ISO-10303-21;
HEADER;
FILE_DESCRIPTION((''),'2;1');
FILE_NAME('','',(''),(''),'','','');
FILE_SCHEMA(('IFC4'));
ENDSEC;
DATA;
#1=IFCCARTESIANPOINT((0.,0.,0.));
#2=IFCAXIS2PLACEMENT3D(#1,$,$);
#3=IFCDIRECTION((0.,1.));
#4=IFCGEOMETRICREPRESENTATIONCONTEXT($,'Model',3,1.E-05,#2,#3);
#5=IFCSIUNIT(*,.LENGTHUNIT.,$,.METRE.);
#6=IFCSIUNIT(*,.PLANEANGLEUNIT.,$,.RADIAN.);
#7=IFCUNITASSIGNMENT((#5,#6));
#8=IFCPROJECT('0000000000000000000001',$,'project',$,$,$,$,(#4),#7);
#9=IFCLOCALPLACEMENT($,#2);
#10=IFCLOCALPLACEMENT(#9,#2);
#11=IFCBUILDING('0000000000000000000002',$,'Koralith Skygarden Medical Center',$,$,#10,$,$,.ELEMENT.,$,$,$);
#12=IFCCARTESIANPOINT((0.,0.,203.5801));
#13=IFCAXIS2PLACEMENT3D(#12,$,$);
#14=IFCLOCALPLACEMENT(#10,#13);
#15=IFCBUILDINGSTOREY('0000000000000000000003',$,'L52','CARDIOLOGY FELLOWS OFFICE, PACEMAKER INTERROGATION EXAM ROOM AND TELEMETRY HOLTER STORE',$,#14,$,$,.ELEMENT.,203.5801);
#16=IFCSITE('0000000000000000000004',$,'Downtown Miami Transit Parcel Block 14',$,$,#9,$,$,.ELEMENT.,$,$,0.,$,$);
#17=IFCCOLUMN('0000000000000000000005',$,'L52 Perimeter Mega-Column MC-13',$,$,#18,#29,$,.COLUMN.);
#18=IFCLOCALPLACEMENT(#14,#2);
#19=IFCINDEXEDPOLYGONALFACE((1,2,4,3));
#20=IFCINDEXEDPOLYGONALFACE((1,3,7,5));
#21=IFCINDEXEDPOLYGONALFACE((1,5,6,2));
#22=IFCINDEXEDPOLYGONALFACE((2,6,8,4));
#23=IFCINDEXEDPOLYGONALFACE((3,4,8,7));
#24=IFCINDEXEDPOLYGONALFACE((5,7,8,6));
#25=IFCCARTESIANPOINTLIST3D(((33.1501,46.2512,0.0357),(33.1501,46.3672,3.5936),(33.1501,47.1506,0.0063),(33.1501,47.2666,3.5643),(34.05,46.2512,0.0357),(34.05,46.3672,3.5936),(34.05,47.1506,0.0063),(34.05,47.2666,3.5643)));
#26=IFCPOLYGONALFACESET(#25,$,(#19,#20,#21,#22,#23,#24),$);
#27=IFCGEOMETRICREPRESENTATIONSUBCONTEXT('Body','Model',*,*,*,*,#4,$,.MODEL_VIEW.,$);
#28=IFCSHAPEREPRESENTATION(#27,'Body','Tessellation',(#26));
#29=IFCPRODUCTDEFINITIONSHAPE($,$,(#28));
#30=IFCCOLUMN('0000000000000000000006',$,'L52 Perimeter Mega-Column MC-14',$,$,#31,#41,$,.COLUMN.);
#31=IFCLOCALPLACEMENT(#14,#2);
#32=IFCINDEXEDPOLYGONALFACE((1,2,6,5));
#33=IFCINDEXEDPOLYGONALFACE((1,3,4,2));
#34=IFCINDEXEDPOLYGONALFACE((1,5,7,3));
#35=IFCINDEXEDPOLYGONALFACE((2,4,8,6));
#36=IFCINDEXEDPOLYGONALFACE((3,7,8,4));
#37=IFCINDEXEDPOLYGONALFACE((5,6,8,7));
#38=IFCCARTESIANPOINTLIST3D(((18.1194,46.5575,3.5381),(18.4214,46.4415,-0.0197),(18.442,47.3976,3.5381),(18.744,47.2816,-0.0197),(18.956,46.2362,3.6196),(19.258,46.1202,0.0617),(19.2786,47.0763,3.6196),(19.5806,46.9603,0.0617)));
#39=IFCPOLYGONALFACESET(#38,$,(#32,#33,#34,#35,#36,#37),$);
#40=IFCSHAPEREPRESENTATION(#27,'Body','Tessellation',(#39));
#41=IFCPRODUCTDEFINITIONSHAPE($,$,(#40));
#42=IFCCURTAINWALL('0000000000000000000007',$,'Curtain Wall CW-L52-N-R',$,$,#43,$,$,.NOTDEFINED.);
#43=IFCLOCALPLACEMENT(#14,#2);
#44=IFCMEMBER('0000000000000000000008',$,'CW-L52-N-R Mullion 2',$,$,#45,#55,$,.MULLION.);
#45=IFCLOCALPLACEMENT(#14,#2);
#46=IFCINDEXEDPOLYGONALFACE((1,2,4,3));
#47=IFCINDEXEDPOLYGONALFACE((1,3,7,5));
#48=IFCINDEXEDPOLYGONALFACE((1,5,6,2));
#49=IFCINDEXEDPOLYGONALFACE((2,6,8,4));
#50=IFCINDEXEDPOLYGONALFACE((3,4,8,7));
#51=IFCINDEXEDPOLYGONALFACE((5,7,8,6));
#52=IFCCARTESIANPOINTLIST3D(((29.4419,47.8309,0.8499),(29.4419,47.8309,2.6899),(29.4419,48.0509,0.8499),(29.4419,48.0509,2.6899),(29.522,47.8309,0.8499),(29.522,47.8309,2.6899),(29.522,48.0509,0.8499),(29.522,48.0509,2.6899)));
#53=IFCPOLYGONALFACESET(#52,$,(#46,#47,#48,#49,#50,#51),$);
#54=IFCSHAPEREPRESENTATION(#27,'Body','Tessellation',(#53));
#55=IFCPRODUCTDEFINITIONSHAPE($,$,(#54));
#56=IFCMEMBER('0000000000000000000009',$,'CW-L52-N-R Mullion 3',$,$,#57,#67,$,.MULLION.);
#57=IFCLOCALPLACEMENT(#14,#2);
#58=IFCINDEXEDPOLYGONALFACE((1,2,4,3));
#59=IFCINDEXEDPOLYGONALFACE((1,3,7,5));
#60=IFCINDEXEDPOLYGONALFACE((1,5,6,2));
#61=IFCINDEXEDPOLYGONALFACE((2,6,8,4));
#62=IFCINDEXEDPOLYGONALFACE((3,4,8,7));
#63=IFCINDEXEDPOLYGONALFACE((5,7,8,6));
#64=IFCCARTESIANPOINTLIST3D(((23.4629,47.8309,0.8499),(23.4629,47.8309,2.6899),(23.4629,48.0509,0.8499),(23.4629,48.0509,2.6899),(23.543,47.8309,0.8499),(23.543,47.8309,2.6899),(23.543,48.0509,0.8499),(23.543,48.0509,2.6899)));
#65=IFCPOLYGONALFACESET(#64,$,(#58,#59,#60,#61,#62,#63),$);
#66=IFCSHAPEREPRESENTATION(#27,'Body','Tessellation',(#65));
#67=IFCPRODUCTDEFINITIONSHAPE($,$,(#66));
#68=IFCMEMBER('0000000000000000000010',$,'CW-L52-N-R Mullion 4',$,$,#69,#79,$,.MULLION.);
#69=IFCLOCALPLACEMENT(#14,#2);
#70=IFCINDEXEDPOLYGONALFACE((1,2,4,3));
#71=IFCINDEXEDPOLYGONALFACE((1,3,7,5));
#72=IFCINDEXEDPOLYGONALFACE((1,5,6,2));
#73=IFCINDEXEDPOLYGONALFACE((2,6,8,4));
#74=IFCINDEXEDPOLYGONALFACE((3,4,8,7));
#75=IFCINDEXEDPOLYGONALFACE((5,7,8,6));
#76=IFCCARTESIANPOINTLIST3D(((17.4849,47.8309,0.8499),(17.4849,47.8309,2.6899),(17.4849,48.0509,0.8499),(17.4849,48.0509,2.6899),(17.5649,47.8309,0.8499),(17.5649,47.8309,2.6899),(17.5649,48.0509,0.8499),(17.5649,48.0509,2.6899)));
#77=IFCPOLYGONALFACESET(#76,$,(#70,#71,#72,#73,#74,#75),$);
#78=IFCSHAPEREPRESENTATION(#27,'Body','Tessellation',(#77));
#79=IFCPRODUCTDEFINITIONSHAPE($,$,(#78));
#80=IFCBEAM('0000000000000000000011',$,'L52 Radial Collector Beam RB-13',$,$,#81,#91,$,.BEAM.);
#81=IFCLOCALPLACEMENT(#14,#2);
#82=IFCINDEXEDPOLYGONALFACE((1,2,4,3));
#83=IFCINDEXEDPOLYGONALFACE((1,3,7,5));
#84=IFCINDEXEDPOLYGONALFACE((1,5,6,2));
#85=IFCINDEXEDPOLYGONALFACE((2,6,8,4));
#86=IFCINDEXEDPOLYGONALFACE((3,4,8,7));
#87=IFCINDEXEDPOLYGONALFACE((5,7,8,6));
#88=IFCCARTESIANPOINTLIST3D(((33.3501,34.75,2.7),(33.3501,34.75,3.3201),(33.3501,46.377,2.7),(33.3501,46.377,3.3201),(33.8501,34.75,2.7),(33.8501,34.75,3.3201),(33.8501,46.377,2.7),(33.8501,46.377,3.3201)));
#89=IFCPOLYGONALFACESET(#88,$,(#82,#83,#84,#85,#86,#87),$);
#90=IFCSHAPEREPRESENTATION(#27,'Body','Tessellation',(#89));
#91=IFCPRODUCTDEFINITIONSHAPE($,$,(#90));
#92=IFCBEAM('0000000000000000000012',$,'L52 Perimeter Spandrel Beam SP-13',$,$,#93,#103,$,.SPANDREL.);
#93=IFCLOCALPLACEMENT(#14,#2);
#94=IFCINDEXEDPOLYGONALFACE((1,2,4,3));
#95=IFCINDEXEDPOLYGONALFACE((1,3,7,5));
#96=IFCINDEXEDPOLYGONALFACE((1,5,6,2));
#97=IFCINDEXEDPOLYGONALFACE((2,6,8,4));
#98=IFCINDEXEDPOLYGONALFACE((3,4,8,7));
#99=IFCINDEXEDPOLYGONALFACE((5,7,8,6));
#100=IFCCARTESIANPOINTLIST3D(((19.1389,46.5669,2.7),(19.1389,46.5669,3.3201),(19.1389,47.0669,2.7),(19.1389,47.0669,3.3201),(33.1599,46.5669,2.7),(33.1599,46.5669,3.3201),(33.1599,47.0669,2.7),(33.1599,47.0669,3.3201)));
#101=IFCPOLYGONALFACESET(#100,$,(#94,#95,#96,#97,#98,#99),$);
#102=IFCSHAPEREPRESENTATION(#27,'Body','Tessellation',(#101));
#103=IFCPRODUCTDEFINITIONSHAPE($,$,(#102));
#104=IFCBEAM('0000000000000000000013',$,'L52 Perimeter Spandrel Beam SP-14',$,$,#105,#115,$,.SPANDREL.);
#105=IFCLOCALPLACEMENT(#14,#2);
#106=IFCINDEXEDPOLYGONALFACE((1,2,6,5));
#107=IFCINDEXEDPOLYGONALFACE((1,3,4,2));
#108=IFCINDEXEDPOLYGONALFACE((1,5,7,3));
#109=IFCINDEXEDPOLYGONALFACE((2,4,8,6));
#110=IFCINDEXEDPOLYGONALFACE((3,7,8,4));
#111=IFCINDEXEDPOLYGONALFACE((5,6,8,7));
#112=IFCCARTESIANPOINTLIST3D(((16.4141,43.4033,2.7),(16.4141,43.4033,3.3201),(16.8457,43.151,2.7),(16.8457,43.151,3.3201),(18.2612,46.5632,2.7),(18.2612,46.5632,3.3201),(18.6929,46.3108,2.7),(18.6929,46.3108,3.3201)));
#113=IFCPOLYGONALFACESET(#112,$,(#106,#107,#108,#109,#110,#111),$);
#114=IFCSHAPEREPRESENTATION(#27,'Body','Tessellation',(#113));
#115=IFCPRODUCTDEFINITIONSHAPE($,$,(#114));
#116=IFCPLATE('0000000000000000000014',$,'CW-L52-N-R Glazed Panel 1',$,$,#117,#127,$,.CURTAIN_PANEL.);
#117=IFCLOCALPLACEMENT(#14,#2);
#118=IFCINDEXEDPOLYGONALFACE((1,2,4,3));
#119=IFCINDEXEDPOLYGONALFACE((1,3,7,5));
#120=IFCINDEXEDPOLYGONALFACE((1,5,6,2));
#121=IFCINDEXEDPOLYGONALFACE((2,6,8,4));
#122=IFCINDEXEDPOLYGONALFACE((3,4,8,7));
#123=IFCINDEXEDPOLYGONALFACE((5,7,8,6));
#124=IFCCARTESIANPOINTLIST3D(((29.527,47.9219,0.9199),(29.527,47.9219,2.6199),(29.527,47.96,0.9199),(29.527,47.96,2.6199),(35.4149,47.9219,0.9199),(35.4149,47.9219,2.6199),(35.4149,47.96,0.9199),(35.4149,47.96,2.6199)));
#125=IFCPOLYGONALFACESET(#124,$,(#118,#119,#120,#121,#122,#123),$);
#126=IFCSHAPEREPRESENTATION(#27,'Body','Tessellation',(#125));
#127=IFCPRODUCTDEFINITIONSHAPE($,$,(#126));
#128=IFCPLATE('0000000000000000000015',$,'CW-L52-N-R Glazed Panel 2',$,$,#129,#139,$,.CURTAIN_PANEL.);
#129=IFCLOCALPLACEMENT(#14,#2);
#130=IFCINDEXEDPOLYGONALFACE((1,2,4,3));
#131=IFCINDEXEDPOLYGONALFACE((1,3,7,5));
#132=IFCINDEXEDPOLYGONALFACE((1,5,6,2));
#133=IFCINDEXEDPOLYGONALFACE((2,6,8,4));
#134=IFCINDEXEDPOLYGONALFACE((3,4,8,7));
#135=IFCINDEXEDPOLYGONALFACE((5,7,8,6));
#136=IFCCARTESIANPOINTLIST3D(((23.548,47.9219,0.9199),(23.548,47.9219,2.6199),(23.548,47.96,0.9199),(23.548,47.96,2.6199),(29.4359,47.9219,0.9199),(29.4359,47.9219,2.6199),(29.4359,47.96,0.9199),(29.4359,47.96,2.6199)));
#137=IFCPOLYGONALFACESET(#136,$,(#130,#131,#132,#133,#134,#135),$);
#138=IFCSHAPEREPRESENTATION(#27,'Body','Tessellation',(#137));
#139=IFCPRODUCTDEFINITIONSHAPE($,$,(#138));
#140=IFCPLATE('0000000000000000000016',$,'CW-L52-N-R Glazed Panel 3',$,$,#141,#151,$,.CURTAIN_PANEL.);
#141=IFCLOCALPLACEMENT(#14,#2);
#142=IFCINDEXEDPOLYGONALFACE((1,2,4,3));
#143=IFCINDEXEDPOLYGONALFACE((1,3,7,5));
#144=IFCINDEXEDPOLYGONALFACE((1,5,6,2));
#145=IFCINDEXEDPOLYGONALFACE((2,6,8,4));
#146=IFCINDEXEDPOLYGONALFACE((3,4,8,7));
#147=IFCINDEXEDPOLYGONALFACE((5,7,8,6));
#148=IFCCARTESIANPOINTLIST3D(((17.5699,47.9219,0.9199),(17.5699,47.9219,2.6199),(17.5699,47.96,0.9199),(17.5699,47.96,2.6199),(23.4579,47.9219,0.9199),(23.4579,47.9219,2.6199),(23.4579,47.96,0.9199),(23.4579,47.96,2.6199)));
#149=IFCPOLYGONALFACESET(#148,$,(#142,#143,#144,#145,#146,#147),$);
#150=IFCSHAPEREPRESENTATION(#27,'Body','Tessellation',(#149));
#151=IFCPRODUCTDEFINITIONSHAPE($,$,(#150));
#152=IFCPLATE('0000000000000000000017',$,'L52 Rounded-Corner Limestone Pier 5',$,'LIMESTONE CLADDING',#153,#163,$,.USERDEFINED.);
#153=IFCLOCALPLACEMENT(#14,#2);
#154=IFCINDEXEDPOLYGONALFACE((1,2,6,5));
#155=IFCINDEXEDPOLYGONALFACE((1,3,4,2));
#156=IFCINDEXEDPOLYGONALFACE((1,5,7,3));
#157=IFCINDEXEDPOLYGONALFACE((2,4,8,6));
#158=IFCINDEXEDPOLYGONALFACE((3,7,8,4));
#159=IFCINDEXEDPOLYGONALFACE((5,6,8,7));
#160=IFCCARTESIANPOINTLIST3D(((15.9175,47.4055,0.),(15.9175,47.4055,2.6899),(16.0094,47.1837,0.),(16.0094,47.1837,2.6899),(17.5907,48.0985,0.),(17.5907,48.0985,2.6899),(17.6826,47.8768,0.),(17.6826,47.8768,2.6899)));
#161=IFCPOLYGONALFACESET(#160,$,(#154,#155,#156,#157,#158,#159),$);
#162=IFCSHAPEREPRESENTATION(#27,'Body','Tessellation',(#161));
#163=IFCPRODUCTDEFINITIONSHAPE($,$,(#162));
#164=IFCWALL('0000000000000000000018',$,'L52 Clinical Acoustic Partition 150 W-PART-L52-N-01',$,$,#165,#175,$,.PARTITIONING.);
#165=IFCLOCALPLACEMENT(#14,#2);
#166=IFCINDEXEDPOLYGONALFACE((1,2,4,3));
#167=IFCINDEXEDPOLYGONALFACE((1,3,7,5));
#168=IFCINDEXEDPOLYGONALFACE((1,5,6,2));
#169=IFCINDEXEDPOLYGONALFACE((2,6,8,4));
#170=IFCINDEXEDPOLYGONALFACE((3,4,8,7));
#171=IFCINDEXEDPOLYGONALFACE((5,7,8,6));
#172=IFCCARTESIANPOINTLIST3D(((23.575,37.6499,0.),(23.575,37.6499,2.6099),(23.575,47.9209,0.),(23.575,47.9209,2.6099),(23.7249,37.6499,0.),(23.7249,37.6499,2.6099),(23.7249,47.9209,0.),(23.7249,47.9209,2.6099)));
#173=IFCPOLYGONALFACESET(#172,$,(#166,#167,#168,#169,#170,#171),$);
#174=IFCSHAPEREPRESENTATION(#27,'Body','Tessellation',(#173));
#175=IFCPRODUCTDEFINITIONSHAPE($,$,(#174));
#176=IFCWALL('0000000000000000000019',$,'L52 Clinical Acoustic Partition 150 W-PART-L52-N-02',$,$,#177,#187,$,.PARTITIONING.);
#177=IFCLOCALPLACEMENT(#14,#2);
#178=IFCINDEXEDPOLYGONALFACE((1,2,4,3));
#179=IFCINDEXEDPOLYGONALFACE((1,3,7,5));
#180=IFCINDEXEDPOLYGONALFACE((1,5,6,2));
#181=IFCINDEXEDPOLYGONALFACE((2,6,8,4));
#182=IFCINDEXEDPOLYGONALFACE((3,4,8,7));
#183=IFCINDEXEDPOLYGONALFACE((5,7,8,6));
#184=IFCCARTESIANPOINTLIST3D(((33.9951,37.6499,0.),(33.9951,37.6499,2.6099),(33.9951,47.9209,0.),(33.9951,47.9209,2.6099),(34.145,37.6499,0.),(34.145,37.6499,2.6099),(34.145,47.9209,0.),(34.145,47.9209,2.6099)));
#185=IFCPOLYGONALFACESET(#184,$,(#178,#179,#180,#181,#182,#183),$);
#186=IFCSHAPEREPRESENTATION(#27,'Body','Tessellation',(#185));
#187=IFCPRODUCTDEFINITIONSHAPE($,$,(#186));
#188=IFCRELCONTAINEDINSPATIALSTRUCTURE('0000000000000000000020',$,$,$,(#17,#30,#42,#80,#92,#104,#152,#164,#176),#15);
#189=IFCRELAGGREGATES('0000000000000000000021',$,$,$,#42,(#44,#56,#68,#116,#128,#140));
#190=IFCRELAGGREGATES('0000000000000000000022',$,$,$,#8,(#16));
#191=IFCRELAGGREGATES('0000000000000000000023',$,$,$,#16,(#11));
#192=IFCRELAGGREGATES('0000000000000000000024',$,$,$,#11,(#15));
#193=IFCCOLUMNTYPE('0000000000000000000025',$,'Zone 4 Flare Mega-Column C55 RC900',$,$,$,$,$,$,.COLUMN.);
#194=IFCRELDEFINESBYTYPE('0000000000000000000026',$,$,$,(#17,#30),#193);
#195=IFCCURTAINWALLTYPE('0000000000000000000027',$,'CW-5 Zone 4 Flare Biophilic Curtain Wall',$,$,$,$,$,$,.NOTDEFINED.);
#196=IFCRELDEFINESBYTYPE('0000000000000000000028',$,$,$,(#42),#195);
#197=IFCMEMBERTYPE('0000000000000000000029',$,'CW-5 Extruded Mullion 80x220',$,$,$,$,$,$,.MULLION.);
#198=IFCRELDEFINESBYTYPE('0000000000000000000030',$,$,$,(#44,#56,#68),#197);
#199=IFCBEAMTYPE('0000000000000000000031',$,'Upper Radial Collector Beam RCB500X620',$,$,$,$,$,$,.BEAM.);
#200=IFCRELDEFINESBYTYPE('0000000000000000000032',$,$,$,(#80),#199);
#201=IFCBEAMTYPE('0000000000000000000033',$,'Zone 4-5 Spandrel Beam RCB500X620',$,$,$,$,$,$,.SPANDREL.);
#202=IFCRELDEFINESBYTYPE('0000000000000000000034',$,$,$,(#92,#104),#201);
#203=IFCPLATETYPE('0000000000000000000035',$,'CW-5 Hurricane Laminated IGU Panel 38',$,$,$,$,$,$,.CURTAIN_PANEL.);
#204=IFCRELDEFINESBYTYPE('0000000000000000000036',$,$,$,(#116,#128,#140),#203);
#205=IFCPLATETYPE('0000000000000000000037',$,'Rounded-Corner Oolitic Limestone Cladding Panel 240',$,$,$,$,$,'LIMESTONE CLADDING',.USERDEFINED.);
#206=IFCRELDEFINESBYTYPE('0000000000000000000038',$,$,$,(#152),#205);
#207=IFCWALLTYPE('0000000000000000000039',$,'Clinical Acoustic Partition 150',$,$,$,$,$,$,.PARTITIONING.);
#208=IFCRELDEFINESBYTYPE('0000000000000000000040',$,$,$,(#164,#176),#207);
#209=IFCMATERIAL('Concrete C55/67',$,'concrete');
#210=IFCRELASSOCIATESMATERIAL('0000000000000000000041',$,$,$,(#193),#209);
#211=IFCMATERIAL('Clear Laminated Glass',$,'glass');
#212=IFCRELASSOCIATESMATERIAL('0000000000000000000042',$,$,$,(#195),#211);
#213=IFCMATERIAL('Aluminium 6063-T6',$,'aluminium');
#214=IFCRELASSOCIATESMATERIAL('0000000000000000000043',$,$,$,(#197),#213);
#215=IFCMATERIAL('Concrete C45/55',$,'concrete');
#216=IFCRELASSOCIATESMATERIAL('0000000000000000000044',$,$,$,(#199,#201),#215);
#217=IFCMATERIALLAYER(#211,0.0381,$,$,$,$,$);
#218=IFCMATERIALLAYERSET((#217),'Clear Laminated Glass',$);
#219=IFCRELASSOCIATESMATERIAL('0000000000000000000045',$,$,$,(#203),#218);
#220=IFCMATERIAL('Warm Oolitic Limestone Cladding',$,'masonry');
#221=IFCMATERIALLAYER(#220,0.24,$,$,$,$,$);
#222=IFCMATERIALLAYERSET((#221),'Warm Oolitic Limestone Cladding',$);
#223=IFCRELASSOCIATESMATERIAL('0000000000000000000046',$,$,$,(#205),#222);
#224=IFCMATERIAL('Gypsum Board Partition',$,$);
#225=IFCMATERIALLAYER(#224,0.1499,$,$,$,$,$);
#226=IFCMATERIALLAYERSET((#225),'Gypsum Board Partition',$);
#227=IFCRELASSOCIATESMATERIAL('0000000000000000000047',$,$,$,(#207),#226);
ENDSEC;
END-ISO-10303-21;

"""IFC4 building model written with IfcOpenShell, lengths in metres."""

from ifc_helpers import new_model, si_unit, direction, frame, frame_2d, origin, origin_2d, place, context, subcontext, project, spatial, rectangle, extrude, material, layer, layer_set, material_profile, profile_set, type_object, element, aggregate, save


model = new_model("IFC4")

# Units and contexts
model_context = context("Model", 3, precision=1e-05, world=origin(), true_north=direction((0.0, 1.0)))
body_context = subcontext(model_context, "Body", "Model", "MODEL_VIEW")
ifc_project = project(units=[si_unit("LENGTHUNIT", "METRE"), si_unit("PLANEANGLEUNIT", "RADIAN")], contexts=[model_context])

# Site, building, storey
site_placement = place(None, origin())
site = spatial("IfcSite", under=ifc_project, at=site_placement, Name="Downtown Miami Transit Parcel Block 14", CompositionType="ELEMENT", RefElevation=0.0)
building_placement = place(site_placement, origin())
building = spatial("IfcBuilding", under=site, at=building_placement, Name="Koralith Skygarden Medical Center", CompositionType="ELEMENT")
storey_placement = place(building_placement, frame((0.0, 0.0, 203.5801)))
storey = spatial("IfcBuildingStorey", under=building, at=storey_placement, Name="L52", Description="CARDIOLOGY FELLOWS OFFICE, PACEMAKER INTERROGATION EXAM ROOM AND TELEMETRY HOLTER STORE", CompositionType="ELEMENT", Elevation=203.5801)

# Columns
ifc_material_1 = material(Name="Concrete C55/67", Category="concrete")
ifc_material_profile_1 = material_profile(ifc_material_1, rectangle(XDim=0.8999, YDim=0.8999, at=origin_2d()), Name="RC900X900")
ifc_profile_set_1 = profile_set([ifc_material_profile_1], Name="Concrete C55/67")
column_type = type_object("IfcColumnType", Name="Zone 4 Flare Mega-Column C55 RC900", PredefinedType="COLUMN", material=ifc_profile_set_1)
column_1_placement = place(storey_placement, frame((33.6001, 46.7009, 0.021), z_axis=(0.0, 0.032577, 0.999469), x_axis=(-1.0, 0.0, 0.0)))
element("IfcColumn", 1, at=column_1_placement, inside=storey, type_object=column_type, Name="L52 Perimeter Mega-Column MC-13", PredefinedType="COLUMN", context=body_context, shape_type="SweptSolid", body=[
    extrude(rectangle(XDim=0.8999, YDim=0.8999, at=origin_2d()), origin(), (0.0, 0.0, 1.0), 3.5598),
])
column_2_placement = place(storey_placement, frame((19.001, 46.7009, 0.021), z_axis=(-0.084534, 0.032461, 0.995892), x_axis=(-0.358473, -0.93354, 0.0)))
element("IfcColumn", 2, at=column_2_placement, inside=storey, type_object=column_type, Name="L52 Perimeter Mega-Column MC-14", PredefinedType="COLUMN", context=body_context, shape_type="SweptSolid", body=[
    extrude(rectangle(XDim=0.8999, YDim=0.8999, at=origin_2d()), origin(), (0.0, 0.0, 1.0), 3.5725),
])

# Curtain wall, members
ifc_material_2 = material(Name="Clear Laminated Glass", Category="glass")
curtain_wall_type = type_object("IfcCurtainWallType", Name="CW-5 Zone 4 Flare Biophilic Curtain Wall", PredefinedType="NOTDEFINED", material=ifc_material_2)
curtain_wall_placement = place(storey_placement, origin())
curtain_wall = element("IfcCurtainWall", 3, at=curtain_wall_placement, inside=storey, type_object=curtain_wall_type, Name="Curtain Wall CW-L52-N-R", PredefinedType="NOTDEFINED")
ifc_material_3 = material(Name="Aluminium 6063-T6", Category="aluminium")
ifc_material_profile_2 = material_profile(ifc_material_3, rectangle(XDim=0.0801, YDim=0.22, at=origin_2d()), Name="MUL80X220")
ifc_profile_set_2 = profile_set([ifc_material_profile_2], Name="Aluminium 6063-T6")
member_type = type_object("IfcMemberType", Name="CW-5 Extruded Mullion 80x220", PredefinedType="MULLION", material=ifc_profile_set_2)
member_1_placement = place(storey_placement, frame((29.4819, 47.9409, 0.8499), z_axis=(0.0, 0.0, 1.0), x_axis=(1.0, 0.0, 0.0)))
member_1 = element("IfcMember", 4, at=member_1_placement, type_object=member_type, Name="CW-L52-N-R Mullion 2", PredefinedType="MULLION", context=body_context, shape_type="SweptSolid", body=[
    extrude(rectangle(XDim=0.0801, YDim=0.22, at=origin_2d()), origin(), (0.0, 0.0, 1.0), 1.8401),
])
member_2_placement = place(storey_placement, frame((23.5029, 47.9409, 0.8499), z_axis=(0.0, 0.0, 1.0), x_axis=(1.0, 0.0, 0.0)))
member_2 = element("IfcMember", 5, at=member_2_placement, type_object=member_type, Name="CW-L52-N-R Mullion 3", PredefinedType="MULLION", context=body_context, shape_type="SweptSolid", body=[
    extrude(rectangle(XDim=0.0801, YDim=0.22, at=origin_2d()), origin(), (0.0, 0.0, 1.0), 1.8401),
])
member_3_placement = place(storey_placement, frame((17.5249, 47.9409, 0.8499), z_axis=(0.0, 0.0, 1.0), x_axis=(1.0, 0.0, 0.0)))
member_3 = element("IfcMember", 6, at=member_3_placement, type_object=member_type, Name="CW-L52-N-R Mullion 4", PredefinedType="MULLION", context=body_context, shape_type="SweptSolid", body=[
    extrude(rectangle(XDim=0.0801, YDim=0.22, at=origin_2d()), origin(), (0.0, 0.0, 1.0), 1.8401),
])

# Beams
ifc_material_4 = material(Name="Concrete C45/55", Category="concrete")
ifc_material_profile_3 = material_profile(ifc_material_4, rectangle(XDim=0.5, YDim=0.6201, at=origin_2d()), Name="RCB500X620")
ifc_profile_set_3 = profile_set([ifc_material_profile_3], Name="Concrete C45/55")
beam_type_1 = type_object("IfcBeamType", Name="Upper Radial Collector Beam RCB500X620", PredefinedType="BEAM", material=ifc_profile_set_3)
beam_1_placement = place(storey_placement, frame((33.6001, 34.75, 3.01), z_axis=(0.0, 1.0, 0.0), x_axis=(-1.0, 0.0, 0.0)))
element("IfcBeam", 7, at=beam_1_placement, inside=storey, type_object=beam_type_1, Name="L52 Radial Collector Beam RB-13", PredefinedType="BEAM", context=body_context, shape_type="SweptSolid", body=[
    extrude(rectangle(XDim=0.5, YDim=0.6201, at=origin_2d()), origin(), (0.0, 0.0, 1.0), 11.627),
])
ifc_material_profile_4 = material_profile(ifc_material_4, rectangle(XDim=0.5, YDim=0.6201, at=origin_2d()), Name="RCB500X620")
ifc_profile_set_4 = profile_set([ifc_material_profile_4], Name="Concrete C45/55")
beam_type_2 = type_object("IfcBeamType", Name="Zone 4-5 Spandrel Beam RCB500X620", PredefinedType="SPANDREL", material=ifc_profile_set_4)
beam_2_placement = place(storey_placement, frame((33.1599, 46.8169, 3.01), z_axis=(-1.0, 0.0, 0.0), x_axis=(0.0, -1.0, 0.0)))
element("IfcBeam", 8, at=beam_2_placement, inside=storey, type_object=beam_type_2, Name="L52 Perimeter Spandrel Beam SP-13", PredefinedType="SPANDREL", context=body_context, shape_type="SweptSolid", body=[
    extrude(rectangle(XDim=0.5, YDim=0.6201, at=origin_2d()), origin(), (0.0, 0.0, 1.0), 14.021),
])
beam_3_placement = place(storey_placement, frame((18.4771, 46.437, 3.01), z_axis=(-0.504663, -0.863316, 0.0), x_axis=(0.863316, -0.504663, 0.0)))
element("IfcBeam", 9, at=beam_3_placement, inside=storey, type_object=beam_type_2, Name="L52 Perimeter Spandrel Beam SP-14", PredefinedType="SPANDREL", context=body_context, shape_type="SweptSolid", body=[
    extrude(rectangle(XDim=0.5, YDim=0.6201, at=origin_2d()), origin(), (0.0, 0.0, 1.0), 3.6602),
])

# Plates
ifc_layer_1 = layer(ifc_material_2, 0.0381)
ifc_layer_set_1 = layer_set([ifc_layer_1], Name="Clear Laminated Glass")
plate_type_1 = type_object("IfcPlateType", Name="CW-5 Hurricane Laminated IGU Panel 38", PredefinedType="CURTAIN_PANEL", material=ifc_layer_set_1)
plate_1_placement = place(storey_placement, frame((32.4709, 47.9409, 0.9199), z_axis=(0.0, 0.0, 1.0), x_axis=(-1.0, 0.0, 0.0)))
plate_1 = element("IfcPlate", 10, at=plate_1_placement, type_object=plate_type_1, Name="CW-L52-N-R Glazed Panel 1", PredefinedType="CURTAIN_PANEL", context=body_context, shape_type="SweptSolid", body=[
    extrude(rectangle(XDim=5.8879, YDim=0.0381, at=origin_2d()), origin(), (0.0, 0.0, 1.0), 1.7),
])
plate_2_placement = place(storey_placement, frame((26.4919, 47.9409, 0.9199), z_axis=(0.0, 0.0, 1.0), x_axis=(-1.0, 0.0, 0.0)))
plate_2 = element("IfcPlate", 11, at=plate_2_placement, type_object=plate_type_1, Name="CW-L52-N-R Glazed Panel 2", PredefinedType="CURTAIN_PANEL", context=body_context, shape_type="SweptSolid", body=[
    extrude(rectangle(XDim=5.8879, YDim=0.0381, at=origin_2d()), origin(), (0.0, 0.0, 1.0), 1.7),
])
plate_3_placement = place(storey_placement, frame((20.5139, 47.9409, 0.9199), z_axis=(0.0, 0.0, 1.0), x_axis=(-1.0, 0.0, 0.0)))
plate_3 = element("IfcPlate", 12, at=plate_3_placement, type_object=plate_type_1, Name="CW-L52-N-R Glazed Panel 3", PredefinedType="CURTAIN_PANEL", context=body_context, shape_type="SweptSolid", body=[
    extrude(rectangle(XDim=5.8879, YDim=0.0381, at=origin_2d()), origin(), (0.0, 0.0, 1.0), 1.7),
])
aggregate(curtain_wall, [member_1, member_2, member_3, plate_1, plate_2, plate_3])
ifc_material_5 = material(Name="Warm Oolitic Limestone Cladding", Category="masonry")
ifc_layer_2 = layer(ifc_material_5, 0.24)
ifc_layer_set_2 = layer_set([ifc_layer_2], Name="Warm Oolitic Limestone Cladding")
plate_type_2 = type_object("IfcPlateType", Name="Rounded-Corner Oolitic Limestone Cladding Panel 240", ElementType="LIMESTONE CLADDING", PredefinedType="USERDEFINED", material=ifc_layer_set_2)
plate_4_placement = place(storey_placement, frame((16.8, 47.6411, 0.0), z_axis=(0.0, 0.0, 1.0), x_axis=(-0.923885, -0.382671, 0.0)))
element("IfcPlate", 13, at=plate_4_placement, inside=storey, type_object=plate_type_2, Name="L52 Rounded-Corner Limestone Pier 5", ObjectType="LIMESTONE CLADDING", PredefinedType="USERDEFINED", context=body_context, shape_type="SweptSolid", body=[
    extrude(rectangle(XDim=1.811, YDim=0.24, at=origin_2d()), origin(), (0.0, 0.0, 1.0), 2.6899),
])

# Walls
ifc_material_6 = material(Name="Gypsum Board Partition")
ifc_layer_3 = layer(ifc_material_6, 0.1499)
ifc_layer_set_3 = layer_set([ifc_layer_3], Name="Gypsum Board Partition")
wall_type_1 = type_object("IfcWallType", Name="Clinical Acoustic Partition 150", PredefinedType="PARTITIONING", material=ifc_layer_set_3)
for number, where, z_axis, x_axis, name in (
    (14, (23.6499, 37.6499, 0.0), (0.0, 0.0, 1.0), (0.0, 1.0, 0.0), "L52 Clinical Acoustic Partition 150 W-PART-L52-N-01"),
    (15, (34.0701, 37.6499, 0.0), (0.0, 0.0, 1.0), (0.0, 1.0, 0.0), "L52 Clinical Acoustic Partition 150 W-PART-L52-N-02"),
):
    element("IfcWall", number, at=place(storey_placement, frame(where, z_axis=z_axis, x_axis=x_axis)), inside=storey, type_object=wall_type_1, Name=name, PredefinedType="PARTITIONING", context=body_context, shape_type="SweptSolid", body=[
        extrude(rectangle(XDim=10.271, YDim=0.1499, at=frame_2d((5.1355, 0.0))), origin(), (0.0, 0.0, 1.0), 2.6099),
    ])

save(model, "model.ifc")
